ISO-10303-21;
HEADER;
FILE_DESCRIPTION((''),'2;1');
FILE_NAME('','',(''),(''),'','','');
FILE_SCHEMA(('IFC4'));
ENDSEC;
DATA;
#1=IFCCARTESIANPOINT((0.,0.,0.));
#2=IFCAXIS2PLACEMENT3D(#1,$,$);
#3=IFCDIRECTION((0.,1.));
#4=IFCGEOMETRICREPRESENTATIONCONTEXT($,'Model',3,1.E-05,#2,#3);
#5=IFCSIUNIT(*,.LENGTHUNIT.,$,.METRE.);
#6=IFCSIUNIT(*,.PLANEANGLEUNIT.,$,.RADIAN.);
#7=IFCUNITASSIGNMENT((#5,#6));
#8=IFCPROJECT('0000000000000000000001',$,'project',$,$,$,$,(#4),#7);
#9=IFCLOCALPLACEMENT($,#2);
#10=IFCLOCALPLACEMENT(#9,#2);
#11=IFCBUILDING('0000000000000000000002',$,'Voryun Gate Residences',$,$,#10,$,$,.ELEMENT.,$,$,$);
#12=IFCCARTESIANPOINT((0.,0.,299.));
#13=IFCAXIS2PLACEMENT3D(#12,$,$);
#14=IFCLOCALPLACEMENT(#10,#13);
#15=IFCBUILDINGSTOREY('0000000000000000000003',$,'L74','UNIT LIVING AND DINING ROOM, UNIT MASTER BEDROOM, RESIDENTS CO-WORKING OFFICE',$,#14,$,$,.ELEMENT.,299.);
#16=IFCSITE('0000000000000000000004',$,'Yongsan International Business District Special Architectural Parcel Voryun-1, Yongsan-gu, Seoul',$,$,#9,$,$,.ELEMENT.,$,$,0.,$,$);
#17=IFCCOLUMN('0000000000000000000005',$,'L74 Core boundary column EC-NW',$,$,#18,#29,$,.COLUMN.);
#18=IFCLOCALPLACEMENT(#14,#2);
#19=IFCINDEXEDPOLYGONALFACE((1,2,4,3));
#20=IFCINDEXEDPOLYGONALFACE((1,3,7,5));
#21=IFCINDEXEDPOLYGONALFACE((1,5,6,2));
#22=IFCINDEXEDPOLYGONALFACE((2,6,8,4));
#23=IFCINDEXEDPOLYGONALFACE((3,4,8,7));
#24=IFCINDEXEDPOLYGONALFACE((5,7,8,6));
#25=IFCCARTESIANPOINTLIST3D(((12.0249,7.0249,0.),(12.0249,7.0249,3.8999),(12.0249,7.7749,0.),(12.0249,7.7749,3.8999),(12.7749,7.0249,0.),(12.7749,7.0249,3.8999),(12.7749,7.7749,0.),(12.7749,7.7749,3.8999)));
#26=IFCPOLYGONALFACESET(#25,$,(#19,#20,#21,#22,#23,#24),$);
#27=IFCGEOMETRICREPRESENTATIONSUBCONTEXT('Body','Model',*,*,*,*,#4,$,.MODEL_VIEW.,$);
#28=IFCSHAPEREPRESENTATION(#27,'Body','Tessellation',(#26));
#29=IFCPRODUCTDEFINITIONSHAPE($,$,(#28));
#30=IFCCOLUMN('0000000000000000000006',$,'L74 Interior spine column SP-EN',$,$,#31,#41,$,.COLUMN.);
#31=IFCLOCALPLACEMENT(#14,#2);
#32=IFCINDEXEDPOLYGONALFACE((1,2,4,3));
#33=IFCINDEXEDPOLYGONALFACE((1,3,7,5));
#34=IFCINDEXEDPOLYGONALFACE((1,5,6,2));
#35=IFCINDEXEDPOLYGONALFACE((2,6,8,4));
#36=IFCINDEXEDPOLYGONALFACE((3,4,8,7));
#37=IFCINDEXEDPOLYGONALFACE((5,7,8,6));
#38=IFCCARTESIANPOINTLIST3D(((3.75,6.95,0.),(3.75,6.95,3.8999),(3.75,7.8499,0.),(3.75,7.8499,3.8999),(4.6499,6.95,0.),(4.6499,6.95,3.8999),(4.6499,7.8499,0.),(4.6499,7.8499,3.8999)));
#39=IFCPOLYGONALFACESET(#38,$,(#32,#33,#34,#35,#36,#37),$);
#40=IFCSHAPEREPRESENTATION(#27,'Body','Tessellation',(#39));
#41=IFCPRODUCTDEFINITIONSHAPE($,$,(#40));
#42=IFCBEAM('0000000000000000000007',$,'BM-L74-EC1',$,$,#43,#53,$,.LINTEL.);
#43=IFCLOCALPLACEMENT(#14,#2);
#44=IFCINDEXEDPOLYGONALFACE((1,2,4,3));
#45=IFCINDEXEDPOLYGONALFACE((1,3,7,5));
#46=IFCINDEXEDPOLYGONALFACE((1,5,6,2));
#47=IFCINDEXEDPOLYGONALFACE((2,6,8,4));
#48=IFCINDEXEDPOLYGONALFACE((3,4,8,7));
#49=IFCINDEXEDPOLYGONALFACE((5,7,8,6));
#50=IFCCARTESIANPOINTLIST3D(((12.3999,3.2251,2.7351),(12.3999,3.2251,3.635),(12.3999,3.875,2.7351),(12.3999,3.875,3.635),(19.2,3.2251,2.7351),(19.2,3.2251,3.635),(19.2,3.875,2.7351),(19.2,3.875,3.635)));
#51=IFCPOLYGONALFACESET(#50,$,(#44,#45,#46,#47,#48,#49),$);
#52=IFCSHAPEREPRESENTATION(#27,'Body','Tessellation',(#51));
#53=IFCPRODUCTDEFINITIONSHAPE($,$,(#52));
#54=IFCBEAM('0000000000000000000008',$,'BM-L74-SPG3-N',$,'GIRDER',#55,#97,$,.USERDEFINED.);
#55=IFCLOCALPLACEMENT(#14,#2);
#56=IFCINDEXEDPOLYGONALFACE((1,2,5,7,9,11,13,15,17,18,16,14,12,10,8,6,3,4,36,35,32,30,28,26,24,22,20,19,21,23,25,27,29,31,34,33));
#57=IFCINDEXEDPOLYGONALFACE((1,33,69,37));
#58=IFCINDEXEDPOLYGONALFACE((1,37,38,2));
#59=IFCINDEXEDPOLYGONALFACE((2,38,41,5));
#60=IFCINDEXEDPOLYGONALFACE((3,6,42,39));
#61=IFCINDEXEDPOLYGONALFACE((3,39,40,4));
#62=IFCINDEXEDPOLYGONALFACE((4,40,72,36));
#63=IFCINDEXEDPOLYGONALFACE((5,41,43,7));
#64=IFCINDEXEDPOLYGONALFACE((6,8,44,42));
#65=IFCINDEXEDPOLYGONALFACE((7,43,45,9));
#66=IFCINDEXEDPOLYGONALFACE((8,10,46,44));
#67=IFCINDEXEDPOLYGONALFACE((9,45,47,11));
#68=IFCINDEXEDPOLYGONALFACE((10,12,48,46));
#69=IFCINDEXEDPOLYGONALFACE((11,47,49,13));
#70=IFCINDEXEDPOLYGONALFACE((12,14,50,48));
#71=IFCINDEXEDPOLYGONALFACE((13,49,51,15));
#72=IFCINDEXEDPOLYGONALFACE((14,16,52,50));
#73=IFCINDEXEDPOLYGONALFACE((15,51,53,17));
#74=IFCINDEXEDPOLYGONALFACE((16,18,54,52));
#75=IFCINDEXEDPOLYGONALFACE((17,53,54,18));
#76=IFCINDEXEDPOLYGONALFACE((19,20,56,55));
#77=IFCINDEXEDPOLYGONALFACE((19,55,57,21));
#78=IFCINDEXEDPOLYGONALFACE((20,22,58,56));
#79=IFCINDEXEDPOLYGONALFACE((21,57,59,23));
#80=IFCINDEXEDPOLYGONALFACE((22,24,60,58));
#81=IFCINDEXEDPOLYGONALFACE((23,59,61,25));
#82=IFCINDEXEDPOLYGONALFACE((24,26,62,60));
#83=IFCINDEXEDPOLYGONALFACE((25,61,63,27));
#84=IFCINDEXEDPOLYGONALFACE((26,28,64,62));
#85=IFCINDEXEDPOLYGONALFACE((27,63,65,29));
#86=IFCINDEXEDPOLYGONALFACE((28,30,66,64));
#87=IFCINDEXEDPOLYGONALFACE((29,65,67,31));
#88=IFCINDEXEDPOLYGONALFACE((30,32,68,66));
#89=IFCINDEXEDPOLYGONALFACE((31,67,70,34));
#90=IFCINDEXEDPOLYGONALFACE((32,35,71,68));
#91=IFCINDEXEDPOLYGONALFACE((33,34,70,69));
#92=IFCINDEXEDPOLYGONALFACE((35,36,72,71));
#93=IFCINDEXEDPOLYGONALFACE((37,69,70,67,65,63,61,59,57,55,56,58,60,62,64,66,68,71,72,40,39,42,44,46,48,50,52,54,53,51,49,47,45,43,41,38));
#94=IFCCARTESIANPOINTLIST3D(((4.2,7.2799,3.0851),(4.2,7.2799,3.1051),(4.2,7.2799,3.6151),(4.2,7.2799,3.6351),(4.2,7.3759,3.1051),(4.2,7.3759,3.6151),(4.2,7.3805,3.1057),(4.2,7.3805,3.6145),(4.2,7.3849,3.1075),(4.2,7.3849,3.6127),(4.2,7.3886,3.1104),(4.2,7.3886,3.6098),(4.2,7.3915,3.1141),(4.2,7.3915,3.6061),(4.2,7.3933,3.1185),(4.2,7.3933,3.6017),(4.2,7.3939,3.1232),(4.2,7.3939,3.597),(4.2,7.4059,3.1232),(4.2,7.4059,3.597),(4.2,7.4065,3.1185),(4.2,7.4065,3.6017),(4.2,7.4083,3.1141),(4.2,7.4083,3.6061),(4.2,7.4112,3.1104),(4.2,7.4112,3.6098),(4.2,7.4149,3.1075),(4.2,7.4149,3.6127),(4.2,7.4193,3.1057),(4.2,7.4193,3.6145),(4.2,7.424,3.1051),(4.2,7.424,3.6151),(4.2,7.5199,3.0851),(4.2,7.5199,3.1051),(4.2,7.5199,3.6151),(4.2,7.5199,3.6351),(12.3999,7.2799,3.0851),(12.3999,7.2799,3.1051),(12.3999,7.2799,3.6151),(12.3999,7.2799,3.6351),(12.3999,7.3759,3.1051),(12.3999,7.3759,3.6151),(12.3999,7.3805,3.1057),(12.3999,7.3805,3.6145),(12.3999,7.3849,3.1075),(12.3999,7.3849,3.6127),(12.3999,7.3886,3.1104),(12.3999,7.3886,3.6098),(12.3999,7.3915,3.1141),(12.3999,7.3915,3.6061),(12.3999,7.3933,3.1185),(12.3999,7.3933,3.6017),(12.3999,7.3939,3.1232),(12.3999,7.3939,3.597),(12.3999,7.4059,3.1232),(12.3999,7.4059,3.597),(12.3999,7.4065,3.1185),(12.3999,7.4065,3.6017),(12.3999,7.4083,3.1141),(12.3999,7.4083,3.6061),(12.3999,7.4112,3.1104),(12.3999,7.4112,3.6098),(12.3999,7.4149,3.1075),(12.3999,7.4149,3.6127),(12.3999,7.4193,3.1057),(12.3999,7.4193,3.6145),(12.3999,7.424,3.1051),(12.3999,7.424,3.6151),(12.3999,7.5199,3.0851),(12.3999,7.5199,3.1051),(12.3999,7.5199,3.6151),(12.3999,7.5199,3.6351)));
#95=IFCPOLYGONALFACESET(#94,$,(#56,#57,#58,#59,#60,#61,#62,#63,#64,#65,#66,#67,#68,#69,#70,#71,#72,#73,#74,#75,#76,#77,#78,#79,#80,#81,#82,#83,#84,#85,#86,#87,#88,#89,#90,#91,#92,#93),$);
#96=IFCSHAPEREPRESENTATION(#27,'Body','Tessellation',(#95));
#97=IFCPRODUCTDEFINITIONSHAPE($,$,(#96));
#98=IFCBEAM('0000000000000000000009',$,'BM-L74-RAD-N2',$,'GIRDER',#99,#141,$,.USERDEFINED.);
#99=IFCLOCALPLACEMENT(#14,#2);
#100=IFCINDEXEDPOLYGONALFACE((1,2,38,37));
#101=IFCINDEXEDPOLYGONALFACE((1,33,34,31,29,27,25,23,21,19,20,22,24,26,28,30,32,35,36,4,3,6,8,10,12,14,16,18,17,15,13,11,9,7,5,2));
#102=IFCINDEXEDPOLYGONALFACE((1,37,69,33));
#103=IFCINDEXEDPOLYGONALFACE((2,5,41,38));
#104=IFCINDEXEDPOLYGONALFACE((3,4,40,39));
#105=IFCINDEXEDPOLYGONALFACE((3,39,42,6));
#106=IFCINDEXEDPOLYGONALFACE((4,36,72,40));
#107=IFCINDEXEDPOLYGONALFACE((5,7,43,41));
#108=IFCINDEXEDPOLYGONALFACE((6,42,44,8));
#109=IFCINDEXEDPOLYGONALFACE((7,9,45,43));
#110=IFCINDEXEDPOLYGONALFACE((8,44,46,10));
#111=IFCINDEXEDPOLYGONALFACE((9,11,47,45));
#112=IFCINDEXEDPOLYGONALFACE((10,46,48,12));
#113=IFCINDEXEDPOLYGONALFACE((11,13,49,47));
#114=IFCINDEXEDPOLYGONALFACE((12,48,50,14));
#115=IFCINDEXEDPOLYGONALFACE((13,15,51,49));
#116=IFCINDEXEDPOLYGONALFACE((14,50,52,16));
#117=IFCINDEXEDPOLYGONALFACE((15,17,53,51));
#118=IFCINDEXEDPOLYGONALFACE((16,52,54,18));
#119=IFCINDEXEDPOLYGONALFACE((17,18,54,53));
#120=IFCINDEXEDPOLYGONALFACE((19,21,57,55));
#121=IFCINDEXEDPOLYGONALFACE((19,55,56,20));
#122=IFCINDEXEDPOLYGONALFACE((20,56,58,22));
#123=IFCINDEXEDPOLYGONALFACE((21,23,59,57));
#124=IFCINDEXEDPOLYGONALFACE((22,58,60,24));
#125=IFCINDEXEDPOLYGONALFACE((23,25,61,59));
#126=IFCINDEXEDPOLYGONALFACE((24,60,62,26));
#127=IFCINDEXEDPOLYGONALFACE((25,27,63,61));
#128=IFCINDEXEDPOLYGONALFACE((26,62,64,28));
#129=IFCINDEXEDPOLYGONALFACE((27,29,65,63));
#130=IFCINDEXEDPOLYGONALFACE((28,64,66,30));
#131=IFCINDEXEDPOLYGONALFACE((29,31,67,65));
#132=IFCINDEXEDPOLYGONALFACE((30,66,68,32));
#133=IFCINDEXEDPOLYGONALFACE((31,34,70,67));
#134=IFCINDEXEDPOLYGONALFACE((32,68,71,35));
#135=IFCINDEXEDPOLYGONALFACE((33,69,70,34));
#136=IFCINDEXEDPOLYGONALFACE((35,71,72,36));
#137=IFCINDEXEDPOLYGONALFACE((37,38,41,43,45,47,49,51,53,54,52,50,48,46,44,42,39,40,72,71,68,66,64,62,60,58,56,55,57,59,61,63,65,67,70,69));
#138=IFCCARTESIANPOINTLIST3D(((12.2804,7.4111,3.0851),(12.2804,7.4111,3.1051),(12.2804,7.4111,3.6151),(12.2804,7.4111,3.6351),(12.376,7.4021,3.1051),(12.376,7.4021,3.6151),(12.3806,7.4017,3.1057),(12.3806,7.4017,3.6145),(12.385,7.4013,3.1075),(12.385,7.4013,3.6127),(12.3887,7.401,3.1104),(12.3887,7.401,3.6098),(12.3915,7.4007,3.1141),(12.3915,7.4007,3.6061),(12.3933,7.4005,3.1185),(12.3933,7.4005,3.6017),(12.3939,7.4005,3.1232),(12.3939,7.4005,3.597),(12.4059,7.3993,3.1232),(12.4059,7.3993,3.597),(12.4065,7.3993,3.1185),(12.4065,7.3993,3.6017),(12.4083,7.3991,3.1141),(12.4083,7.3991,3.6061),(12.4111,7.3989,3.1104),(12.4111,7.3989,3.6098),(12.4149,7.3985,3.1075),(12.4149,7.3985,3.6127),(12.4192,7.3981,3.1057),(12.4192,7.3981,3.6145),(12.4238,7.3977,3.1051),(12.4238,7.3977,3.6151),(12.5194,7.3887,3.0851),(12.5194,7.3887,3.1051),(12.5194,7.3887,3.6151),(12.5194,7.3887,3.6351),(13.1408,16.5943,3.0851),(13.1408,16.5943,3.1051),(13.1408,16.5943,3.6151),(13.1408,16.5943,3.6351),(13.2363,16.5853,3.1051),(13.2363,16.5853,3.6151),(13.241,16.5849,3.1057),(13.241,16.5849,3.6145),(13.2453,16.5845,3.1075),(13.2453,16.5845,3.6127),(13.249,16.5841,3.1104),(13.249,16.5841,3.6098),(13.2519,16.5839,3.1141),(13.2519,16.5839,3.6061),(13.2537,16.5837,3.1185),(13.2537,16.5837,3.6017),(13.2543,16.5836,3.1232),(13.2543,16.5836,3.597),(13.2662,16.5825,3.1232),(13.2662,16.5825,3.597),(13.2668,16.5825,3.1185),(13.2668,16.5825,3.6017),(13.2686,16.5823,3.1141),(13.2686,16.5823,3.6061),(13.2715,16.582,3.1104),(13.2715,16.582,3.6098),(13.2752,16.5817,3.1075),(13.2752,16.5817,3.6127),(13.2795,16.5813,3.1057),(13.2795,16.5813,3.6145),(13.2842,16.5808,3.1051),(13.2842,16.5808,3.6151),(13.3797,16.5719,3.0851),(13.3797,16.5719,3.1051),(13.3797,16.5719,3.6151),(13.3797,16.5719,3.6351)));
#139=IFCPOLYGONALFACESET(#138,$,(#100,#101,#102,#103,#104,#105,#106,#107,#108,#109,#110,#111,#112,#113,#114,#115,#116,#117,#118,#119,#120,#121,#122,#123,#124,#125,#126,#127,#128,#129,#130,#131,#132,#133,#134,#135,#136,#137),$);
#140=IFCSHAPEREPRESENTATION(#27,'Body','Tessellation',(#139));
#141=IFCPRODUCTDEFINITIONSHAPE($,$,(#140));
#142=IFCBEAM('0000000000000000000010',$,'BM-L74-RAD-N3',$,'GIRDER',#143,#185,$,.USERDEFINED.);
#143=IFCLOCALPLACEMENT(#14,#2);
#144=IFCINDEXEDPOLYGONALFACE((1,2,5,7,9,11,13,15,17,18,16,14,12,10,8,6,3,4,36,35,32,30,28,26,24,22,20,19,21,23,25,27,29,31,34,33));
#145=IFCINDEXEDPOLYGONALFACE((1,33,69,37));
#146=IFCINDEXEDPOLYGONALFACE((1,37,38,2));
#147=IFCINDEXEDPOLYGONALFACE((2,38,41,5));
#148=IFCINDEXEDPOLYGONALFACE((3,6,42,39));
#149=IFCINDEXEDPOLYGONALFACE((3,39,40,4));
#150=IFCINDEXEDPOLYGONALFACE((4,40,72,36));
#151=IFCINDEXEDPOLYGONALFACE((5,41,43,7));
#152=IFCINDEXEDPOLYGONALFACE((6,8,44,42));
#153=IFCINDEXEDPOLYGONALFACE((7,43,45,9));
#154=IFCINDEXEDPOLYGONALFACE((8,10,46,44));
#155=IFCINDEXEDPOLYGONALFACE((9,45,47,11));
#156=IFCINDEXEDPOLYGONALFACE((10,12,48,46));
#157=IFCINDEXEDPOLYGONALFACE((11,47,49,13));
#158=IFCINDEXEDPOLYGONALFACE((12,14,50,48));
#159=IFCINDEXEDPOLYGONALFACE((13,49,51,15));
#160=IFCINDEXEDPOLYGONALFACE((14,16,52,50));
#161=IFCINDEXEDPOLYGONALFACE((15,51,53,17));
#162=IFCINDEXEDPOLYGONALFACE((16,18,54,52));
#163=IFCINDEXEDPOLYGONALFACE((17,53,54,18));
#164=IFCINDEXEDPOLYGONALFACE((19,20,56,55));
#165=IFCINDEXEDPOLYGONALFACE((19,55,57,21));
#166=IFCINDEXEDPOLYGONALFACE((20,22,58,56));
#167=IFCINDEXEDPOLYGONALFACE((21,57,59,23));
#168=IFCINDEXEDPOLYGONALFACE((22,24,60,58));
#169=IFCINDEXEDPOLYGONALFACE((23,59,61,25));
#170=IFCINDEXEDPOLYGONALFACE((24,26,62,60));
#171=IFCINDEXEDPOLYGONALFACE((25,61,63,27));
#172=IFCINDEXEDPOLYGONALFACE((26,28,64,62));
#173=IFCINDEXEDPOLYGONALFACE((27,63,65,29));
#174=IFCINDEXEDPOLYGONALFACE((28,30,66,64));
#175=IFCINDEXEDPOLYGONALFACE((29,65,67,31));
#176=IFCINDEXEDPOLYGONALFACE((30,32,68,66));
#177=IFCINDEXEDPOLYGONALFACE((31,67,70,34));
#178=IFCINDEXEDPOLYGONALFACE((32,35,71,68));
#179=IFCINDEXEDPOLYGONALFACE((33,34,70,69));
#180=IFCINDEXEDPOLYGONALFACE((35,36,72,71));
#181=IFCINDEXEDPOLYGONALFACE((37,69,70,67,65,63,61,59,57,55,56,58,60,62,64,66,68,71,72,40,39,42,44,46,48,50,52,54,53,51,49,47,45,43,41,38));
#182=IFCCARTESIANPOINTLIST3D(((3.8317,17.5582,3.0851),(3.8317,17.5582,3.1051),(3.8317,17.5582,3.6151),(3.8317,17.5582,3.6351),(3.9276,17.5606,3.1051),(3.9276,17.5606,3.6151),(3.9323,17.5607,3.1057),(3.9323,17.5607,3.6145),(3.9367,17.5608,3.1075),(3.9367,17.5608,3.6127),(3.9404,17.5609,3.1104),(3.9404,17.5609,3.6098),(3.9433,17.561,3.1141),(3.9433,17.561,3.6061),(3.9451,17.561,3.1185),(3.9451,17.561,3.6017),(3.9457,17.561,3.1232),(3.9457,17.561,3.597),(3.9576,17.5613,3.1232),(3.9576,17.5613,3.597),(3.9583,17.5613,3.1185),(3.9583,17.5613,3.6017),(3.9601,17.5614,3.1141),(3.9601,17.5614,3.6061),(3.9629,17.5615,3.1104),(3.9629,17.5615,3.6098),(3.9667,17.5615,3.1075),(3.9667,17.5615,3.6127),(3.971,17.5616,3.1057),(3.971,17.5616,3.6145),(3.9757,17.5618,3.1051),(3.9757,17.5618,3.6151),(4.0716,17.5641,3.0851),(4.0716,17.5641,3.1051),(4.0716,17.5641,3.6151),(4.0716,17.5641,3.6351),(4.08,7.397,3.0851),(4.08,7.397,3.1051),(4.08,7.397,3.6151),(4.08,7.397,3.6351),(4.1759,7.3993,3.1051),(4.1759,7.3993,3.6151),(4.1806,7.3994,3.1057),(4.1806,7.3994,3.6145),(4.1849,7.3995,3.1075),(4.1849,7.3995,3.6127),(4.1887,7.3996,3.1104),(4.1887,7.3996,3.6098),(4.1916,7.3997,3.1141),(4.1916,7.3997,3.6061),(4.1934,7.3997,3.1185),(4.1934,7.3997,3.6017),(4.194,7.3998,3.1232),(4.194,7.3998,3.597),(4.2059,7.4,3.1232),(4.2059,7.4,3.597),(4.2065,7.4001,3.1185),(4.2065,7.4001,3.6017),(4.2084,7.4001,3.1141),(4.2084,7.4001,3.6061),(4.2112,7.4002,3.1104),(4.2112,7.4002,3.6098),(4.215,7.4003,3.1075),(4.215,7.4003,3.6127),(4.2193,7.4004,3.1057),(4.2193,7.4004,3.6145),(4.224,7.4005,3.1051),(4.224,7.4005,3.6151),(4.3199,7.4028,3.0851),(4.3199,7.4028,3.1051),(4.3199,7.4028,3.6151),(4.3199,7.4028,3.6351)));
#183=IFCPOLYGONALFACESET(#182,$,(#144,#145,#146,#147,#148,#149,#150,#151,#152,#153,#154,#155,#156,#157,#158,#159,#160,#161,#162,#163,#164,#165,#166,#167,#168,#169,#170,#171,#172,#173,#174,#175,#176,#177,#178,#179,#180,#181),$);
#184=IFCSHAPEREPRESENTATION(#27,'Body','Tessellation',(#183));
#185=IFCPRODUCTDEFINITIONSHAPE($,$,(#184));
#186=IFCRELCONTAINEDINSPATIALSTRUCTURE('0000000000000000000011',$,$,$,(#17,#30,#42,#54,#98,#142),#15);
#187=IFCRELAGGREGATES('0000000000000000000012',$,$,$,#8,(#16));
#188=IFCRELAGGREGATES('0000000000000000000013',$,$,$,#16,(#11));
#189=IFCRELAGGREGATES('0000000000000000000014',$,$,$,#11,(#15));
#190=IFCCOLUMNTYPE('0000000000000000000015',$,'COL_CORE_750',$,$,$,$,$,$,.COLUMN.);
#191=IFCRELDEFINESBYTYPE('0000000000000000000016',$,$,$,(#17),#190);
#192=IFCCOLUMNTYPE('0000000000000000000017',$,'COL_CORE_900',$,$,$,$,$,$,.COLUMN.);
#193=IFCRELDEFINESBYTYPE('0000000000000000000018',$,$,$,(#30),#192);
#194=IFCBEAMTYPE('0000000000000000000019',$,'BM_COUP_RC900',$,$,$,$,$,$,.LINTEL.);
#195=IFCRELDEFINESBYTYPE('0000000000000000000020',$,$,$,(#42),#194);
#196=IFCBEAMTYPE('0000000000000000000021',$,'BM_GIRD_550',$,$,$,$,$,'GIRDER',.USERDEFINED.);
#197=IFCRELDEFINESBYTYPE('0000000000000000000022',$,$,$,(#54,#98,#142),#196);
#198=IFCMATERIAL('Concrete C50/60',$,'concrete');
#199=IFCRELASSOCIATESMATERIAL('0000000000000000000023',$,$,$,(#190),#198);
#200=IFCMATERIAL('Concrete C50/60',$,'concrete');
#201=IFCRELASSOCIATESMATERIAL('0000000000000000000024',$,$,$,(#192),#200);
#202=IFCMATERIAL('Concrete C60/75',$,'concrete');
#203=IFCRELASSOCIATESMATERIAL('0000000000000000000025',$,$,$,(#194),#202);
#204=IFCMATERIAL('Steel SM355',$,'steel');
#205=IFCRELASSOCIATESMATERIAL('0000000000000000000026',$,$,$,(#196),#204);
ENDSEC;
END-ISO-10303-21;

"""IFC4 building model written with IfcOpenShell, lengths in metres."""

from ifc_helpers import new_model, si_unit, direction, frame, origin, origin_2d, place, context, subcontext, project, spatial, rectangle, i_section, extrude, material, material_profile, profile_set, type_object, element, save


model = new_model("IFC4")

# Units and contexts
model_context = context("Model", 3, precision=1e-05, world=origin(), true_north=direction((0.0, 1.0)))
body_context = subcontext(model_context, "Body", "Model", "MODEL_VIEW")
ifc_project = project(units=[si_unit("LENGTHUNIT", "METRE"), si_unit("PLANEANGLEUNIT", "RADIAN")], contexts=[model_context])

# Site, building, storey
site_placement = place(None, origin())
site = spatial("IfcSite", under=ifc_project, at=site_placement, Name="Yongsan International Business District Special Architectural Parcel Voryun-1, Yongsan-gu, Seoul", CompositionType="ELEMENT", RefElevation=0.0)
building_placement = place(site_placement, origin())
building = spatial("IfcBuilding", under=site, at=building_placement, Name="Voryun Gate Residences", CompositionType="ELEMENT")
storey_placement = place(building_placement, frame((0.0, 0.0, 299.0)))
storey = spatial("IfcBuildingStorey", under=building, at=storey_placement, Name="L74", Description="UNIT LIVING AND DINING ROOM, UNIT MASTER BEDROOM, RESIDENTS CO-WORKING OFFICE", CompositionType="ELEMENT", Elevation=299.0)

# Columns
ifc_material_1 = material(Name="Concrete C50/60", Category="concrete")
ifc_material_profile_1 = material_profile(ifc_material_1, rectangle(XDim=0.75, YDim=0.75, at=origin_2d()), Name="RC-750x750")
ifc_profile_set_1 = profile_set([ifc_material_profile_1], Name="Concrete C50/60")
column_type_1 = type_object("IfcColumnType", Name="COL_CORE_750", PredefinedType="COLUMN", material=ifc_profile_set_1)
column_1_placement = place(storey_placement, frame((12.3999, 7.3999, 0.0), z_axis=(0.0, 0.0, 1.0), x_axis=(1.0, 0.0, 0.0)))
element("IfcColumn", 1, at=column_1_placement, inside=storey, type_object=column_type_1, Name="L74 Core boundary column EC-NW", PredefinedType="COLUMN", context=body_context, shape_type="SweptSolid", body=[
    extrude(rectangle(XDim=0.75, YDim=0.75, at=origin_2d()), origin(), (0.0, 0.0, 1.0), 3.8999),
])
ifc_material_2 = material(Name="Concrete C50/60", Category="concrete")
ifc_material_profile_2 = material_profile(ifc_material_2, rectangle(XDim=0.8999, YDim=0.8999, at=origin_2d()), Name="RC-900x900")
ifc_profile_set_2 = profile_set([ifc_material_profile_2], Name="Concrete C50/60")
column_type_2 = type_object("IfcColumnType", Name="COL_CORE_900", PredefinedType="COLUMN", material=ifc_profile_set_2)
column_2_placement = place(storey_placement, frame((4.2, 7.3999, 0.0), z_axis=(0.0, 0.0, 1.0), x_axis=(1.0, 0.0, 0.0)))
element("IfcColumn", 2, at=column_2_placement, inside=storey, type_object=column_type_2, Name="L74 Interior spine column SP-EN", PredefinedType="COLUMN", context=body_context, shape_type="SweptSolid", body=[
    extrude(rectangle(XDim=0.8999, YDim=0.8999, at=origin_2d()), origin(), (0.0, 0.0, 1.0), 3.8999),
])

# Beams
ifc_material_3 = material(Name="Concrete C60/75", Category="concrete")
ifc_material_profile_3 = material_profile(ifc_material_3, rectangle(XDim=0.6499, YDim=0.8999, at=origin_2d()), Name="RC-650x900")
ifc_profile_set_3 = profile_set([ifc_material_profile_3], Name="Concrete C60/75")
beam_type_1 = type_object("IfcBeamType", Name="BM_COUP_RC900", PredefinedType="LINTEL", material=ifc_profile_set_3)
beam_1_placement = place(storey_placement, frame((12.3999, 3.55, 3.1851), z_axis=(1.0, 0.0, 0.0), x_axis=(0.0, 1.0, 0.0)))
element("IfcBeam", 3, at=beam_1_placement, inside=storey, type_object=beam_type_1, Name="BM-L74-EC1", PredefinedType="LINTEL", context=body_context, shape_type="SweptSolid", body=[
    extrude(rectangle(XDim=0.6499, YDim=0.8999, at=origin_2d()), origin(), (0.0, 0.0, 1.0), 6.8),
])
ifc_material_4 = material(Name="Steel SM355", Category="steel")
ifc_material_profile_4 = material_profile(ifc_material_4, i_section(OverallWidth=0.24, OverallDepth=0.55, WebThickness=0.012, FlangeThickness=0.02, FilletRadius=0.0181, at=origin_2d()), Name="H-550x240x12x20")
ifc_profile_set_4 = profile_set([ifc_material_profile_4], Name="Steel SM355")
beam_type_2 = type_object("IfcBeamType", Name="BM_GIRD_550", ElementType="GIRDER", PredefinedType="USERDEFINED", material=ifc_profile_set_4)
beam_2_placement = place(storey_placement, frame((4.2, 7.3999, 3.3601), z_axis=(1.0, 0.0, 0.0), x_axis=(0.0, 1.0, 0.0)))
element("IfcBeam", 4, at=beam_2_placement, inside=storey, type_object=beam_type_2, Name="BM-L74-SPG3-N", ObjectType="GIRDER", PredefinedType="USERDEFINED", context=body_context, shape_type="SweptSolid", body=[
    extrude(i_section(OverallWidth=0.24, OverallDepth=0.55, WebThickness=0.012, FlangeThickness=0.02, FilletRadius=0.0181, at=origin_2d()), origin(), (0.0, 0.0, 1.0), 8.2),
])
beam_3_placement = place(storey_placement, frame((12.3999, 7.3999, 3.3601), z_axis=(0.09328, 0.99564, 0.0), x_axis=(-0.99564, 0.09328, 0.0)))
element("IfcBeam", 5, at=beam_3_placement, inside=storey, type_object=beam_type_2, Name="BM-L74-RAD-N2", ObjectType="GIRDER", PredefinedType="USERDEFINED", context=body_context, shape_type="SweptSolid", body=[
    extrude(i_section(OverallWidth=0.24, OverallDepth=0.55, WebThickness=0.012, FlangeThickness=0.02, FilletRadius=0.0181, at=origin_2d()), origin(), (0.0, 0.0, 1.0), 9.2234),
])
beam_4_placement = place(storey_placement, frame((4.2, 7.3999, 3.3601), z_axis=(-0.024427, 0.999702, 0.0), x_axis=(-0.999702, -0.024427, 0.0)))
element("IfcBeam", 6, at=beam_4_placement, inside=storey, type_object=beam_type_2, Name="BM-L74-RAD-N3", ObjectType="GIRDER", PredefinedType="USERDEFINED", context=body_context, shape_type="SweptSolid", body=[
    extrude(i_section(OverallWidth=0.24, OverallDepth=0.55, WebThickness=0.012, FlangeThickness=0.02, FilletRadius=0.0181, at=origin_2d()), origin(), (0.0, 0.0, 1.0), 10.1643),
])

save(model, "model.ifc")
